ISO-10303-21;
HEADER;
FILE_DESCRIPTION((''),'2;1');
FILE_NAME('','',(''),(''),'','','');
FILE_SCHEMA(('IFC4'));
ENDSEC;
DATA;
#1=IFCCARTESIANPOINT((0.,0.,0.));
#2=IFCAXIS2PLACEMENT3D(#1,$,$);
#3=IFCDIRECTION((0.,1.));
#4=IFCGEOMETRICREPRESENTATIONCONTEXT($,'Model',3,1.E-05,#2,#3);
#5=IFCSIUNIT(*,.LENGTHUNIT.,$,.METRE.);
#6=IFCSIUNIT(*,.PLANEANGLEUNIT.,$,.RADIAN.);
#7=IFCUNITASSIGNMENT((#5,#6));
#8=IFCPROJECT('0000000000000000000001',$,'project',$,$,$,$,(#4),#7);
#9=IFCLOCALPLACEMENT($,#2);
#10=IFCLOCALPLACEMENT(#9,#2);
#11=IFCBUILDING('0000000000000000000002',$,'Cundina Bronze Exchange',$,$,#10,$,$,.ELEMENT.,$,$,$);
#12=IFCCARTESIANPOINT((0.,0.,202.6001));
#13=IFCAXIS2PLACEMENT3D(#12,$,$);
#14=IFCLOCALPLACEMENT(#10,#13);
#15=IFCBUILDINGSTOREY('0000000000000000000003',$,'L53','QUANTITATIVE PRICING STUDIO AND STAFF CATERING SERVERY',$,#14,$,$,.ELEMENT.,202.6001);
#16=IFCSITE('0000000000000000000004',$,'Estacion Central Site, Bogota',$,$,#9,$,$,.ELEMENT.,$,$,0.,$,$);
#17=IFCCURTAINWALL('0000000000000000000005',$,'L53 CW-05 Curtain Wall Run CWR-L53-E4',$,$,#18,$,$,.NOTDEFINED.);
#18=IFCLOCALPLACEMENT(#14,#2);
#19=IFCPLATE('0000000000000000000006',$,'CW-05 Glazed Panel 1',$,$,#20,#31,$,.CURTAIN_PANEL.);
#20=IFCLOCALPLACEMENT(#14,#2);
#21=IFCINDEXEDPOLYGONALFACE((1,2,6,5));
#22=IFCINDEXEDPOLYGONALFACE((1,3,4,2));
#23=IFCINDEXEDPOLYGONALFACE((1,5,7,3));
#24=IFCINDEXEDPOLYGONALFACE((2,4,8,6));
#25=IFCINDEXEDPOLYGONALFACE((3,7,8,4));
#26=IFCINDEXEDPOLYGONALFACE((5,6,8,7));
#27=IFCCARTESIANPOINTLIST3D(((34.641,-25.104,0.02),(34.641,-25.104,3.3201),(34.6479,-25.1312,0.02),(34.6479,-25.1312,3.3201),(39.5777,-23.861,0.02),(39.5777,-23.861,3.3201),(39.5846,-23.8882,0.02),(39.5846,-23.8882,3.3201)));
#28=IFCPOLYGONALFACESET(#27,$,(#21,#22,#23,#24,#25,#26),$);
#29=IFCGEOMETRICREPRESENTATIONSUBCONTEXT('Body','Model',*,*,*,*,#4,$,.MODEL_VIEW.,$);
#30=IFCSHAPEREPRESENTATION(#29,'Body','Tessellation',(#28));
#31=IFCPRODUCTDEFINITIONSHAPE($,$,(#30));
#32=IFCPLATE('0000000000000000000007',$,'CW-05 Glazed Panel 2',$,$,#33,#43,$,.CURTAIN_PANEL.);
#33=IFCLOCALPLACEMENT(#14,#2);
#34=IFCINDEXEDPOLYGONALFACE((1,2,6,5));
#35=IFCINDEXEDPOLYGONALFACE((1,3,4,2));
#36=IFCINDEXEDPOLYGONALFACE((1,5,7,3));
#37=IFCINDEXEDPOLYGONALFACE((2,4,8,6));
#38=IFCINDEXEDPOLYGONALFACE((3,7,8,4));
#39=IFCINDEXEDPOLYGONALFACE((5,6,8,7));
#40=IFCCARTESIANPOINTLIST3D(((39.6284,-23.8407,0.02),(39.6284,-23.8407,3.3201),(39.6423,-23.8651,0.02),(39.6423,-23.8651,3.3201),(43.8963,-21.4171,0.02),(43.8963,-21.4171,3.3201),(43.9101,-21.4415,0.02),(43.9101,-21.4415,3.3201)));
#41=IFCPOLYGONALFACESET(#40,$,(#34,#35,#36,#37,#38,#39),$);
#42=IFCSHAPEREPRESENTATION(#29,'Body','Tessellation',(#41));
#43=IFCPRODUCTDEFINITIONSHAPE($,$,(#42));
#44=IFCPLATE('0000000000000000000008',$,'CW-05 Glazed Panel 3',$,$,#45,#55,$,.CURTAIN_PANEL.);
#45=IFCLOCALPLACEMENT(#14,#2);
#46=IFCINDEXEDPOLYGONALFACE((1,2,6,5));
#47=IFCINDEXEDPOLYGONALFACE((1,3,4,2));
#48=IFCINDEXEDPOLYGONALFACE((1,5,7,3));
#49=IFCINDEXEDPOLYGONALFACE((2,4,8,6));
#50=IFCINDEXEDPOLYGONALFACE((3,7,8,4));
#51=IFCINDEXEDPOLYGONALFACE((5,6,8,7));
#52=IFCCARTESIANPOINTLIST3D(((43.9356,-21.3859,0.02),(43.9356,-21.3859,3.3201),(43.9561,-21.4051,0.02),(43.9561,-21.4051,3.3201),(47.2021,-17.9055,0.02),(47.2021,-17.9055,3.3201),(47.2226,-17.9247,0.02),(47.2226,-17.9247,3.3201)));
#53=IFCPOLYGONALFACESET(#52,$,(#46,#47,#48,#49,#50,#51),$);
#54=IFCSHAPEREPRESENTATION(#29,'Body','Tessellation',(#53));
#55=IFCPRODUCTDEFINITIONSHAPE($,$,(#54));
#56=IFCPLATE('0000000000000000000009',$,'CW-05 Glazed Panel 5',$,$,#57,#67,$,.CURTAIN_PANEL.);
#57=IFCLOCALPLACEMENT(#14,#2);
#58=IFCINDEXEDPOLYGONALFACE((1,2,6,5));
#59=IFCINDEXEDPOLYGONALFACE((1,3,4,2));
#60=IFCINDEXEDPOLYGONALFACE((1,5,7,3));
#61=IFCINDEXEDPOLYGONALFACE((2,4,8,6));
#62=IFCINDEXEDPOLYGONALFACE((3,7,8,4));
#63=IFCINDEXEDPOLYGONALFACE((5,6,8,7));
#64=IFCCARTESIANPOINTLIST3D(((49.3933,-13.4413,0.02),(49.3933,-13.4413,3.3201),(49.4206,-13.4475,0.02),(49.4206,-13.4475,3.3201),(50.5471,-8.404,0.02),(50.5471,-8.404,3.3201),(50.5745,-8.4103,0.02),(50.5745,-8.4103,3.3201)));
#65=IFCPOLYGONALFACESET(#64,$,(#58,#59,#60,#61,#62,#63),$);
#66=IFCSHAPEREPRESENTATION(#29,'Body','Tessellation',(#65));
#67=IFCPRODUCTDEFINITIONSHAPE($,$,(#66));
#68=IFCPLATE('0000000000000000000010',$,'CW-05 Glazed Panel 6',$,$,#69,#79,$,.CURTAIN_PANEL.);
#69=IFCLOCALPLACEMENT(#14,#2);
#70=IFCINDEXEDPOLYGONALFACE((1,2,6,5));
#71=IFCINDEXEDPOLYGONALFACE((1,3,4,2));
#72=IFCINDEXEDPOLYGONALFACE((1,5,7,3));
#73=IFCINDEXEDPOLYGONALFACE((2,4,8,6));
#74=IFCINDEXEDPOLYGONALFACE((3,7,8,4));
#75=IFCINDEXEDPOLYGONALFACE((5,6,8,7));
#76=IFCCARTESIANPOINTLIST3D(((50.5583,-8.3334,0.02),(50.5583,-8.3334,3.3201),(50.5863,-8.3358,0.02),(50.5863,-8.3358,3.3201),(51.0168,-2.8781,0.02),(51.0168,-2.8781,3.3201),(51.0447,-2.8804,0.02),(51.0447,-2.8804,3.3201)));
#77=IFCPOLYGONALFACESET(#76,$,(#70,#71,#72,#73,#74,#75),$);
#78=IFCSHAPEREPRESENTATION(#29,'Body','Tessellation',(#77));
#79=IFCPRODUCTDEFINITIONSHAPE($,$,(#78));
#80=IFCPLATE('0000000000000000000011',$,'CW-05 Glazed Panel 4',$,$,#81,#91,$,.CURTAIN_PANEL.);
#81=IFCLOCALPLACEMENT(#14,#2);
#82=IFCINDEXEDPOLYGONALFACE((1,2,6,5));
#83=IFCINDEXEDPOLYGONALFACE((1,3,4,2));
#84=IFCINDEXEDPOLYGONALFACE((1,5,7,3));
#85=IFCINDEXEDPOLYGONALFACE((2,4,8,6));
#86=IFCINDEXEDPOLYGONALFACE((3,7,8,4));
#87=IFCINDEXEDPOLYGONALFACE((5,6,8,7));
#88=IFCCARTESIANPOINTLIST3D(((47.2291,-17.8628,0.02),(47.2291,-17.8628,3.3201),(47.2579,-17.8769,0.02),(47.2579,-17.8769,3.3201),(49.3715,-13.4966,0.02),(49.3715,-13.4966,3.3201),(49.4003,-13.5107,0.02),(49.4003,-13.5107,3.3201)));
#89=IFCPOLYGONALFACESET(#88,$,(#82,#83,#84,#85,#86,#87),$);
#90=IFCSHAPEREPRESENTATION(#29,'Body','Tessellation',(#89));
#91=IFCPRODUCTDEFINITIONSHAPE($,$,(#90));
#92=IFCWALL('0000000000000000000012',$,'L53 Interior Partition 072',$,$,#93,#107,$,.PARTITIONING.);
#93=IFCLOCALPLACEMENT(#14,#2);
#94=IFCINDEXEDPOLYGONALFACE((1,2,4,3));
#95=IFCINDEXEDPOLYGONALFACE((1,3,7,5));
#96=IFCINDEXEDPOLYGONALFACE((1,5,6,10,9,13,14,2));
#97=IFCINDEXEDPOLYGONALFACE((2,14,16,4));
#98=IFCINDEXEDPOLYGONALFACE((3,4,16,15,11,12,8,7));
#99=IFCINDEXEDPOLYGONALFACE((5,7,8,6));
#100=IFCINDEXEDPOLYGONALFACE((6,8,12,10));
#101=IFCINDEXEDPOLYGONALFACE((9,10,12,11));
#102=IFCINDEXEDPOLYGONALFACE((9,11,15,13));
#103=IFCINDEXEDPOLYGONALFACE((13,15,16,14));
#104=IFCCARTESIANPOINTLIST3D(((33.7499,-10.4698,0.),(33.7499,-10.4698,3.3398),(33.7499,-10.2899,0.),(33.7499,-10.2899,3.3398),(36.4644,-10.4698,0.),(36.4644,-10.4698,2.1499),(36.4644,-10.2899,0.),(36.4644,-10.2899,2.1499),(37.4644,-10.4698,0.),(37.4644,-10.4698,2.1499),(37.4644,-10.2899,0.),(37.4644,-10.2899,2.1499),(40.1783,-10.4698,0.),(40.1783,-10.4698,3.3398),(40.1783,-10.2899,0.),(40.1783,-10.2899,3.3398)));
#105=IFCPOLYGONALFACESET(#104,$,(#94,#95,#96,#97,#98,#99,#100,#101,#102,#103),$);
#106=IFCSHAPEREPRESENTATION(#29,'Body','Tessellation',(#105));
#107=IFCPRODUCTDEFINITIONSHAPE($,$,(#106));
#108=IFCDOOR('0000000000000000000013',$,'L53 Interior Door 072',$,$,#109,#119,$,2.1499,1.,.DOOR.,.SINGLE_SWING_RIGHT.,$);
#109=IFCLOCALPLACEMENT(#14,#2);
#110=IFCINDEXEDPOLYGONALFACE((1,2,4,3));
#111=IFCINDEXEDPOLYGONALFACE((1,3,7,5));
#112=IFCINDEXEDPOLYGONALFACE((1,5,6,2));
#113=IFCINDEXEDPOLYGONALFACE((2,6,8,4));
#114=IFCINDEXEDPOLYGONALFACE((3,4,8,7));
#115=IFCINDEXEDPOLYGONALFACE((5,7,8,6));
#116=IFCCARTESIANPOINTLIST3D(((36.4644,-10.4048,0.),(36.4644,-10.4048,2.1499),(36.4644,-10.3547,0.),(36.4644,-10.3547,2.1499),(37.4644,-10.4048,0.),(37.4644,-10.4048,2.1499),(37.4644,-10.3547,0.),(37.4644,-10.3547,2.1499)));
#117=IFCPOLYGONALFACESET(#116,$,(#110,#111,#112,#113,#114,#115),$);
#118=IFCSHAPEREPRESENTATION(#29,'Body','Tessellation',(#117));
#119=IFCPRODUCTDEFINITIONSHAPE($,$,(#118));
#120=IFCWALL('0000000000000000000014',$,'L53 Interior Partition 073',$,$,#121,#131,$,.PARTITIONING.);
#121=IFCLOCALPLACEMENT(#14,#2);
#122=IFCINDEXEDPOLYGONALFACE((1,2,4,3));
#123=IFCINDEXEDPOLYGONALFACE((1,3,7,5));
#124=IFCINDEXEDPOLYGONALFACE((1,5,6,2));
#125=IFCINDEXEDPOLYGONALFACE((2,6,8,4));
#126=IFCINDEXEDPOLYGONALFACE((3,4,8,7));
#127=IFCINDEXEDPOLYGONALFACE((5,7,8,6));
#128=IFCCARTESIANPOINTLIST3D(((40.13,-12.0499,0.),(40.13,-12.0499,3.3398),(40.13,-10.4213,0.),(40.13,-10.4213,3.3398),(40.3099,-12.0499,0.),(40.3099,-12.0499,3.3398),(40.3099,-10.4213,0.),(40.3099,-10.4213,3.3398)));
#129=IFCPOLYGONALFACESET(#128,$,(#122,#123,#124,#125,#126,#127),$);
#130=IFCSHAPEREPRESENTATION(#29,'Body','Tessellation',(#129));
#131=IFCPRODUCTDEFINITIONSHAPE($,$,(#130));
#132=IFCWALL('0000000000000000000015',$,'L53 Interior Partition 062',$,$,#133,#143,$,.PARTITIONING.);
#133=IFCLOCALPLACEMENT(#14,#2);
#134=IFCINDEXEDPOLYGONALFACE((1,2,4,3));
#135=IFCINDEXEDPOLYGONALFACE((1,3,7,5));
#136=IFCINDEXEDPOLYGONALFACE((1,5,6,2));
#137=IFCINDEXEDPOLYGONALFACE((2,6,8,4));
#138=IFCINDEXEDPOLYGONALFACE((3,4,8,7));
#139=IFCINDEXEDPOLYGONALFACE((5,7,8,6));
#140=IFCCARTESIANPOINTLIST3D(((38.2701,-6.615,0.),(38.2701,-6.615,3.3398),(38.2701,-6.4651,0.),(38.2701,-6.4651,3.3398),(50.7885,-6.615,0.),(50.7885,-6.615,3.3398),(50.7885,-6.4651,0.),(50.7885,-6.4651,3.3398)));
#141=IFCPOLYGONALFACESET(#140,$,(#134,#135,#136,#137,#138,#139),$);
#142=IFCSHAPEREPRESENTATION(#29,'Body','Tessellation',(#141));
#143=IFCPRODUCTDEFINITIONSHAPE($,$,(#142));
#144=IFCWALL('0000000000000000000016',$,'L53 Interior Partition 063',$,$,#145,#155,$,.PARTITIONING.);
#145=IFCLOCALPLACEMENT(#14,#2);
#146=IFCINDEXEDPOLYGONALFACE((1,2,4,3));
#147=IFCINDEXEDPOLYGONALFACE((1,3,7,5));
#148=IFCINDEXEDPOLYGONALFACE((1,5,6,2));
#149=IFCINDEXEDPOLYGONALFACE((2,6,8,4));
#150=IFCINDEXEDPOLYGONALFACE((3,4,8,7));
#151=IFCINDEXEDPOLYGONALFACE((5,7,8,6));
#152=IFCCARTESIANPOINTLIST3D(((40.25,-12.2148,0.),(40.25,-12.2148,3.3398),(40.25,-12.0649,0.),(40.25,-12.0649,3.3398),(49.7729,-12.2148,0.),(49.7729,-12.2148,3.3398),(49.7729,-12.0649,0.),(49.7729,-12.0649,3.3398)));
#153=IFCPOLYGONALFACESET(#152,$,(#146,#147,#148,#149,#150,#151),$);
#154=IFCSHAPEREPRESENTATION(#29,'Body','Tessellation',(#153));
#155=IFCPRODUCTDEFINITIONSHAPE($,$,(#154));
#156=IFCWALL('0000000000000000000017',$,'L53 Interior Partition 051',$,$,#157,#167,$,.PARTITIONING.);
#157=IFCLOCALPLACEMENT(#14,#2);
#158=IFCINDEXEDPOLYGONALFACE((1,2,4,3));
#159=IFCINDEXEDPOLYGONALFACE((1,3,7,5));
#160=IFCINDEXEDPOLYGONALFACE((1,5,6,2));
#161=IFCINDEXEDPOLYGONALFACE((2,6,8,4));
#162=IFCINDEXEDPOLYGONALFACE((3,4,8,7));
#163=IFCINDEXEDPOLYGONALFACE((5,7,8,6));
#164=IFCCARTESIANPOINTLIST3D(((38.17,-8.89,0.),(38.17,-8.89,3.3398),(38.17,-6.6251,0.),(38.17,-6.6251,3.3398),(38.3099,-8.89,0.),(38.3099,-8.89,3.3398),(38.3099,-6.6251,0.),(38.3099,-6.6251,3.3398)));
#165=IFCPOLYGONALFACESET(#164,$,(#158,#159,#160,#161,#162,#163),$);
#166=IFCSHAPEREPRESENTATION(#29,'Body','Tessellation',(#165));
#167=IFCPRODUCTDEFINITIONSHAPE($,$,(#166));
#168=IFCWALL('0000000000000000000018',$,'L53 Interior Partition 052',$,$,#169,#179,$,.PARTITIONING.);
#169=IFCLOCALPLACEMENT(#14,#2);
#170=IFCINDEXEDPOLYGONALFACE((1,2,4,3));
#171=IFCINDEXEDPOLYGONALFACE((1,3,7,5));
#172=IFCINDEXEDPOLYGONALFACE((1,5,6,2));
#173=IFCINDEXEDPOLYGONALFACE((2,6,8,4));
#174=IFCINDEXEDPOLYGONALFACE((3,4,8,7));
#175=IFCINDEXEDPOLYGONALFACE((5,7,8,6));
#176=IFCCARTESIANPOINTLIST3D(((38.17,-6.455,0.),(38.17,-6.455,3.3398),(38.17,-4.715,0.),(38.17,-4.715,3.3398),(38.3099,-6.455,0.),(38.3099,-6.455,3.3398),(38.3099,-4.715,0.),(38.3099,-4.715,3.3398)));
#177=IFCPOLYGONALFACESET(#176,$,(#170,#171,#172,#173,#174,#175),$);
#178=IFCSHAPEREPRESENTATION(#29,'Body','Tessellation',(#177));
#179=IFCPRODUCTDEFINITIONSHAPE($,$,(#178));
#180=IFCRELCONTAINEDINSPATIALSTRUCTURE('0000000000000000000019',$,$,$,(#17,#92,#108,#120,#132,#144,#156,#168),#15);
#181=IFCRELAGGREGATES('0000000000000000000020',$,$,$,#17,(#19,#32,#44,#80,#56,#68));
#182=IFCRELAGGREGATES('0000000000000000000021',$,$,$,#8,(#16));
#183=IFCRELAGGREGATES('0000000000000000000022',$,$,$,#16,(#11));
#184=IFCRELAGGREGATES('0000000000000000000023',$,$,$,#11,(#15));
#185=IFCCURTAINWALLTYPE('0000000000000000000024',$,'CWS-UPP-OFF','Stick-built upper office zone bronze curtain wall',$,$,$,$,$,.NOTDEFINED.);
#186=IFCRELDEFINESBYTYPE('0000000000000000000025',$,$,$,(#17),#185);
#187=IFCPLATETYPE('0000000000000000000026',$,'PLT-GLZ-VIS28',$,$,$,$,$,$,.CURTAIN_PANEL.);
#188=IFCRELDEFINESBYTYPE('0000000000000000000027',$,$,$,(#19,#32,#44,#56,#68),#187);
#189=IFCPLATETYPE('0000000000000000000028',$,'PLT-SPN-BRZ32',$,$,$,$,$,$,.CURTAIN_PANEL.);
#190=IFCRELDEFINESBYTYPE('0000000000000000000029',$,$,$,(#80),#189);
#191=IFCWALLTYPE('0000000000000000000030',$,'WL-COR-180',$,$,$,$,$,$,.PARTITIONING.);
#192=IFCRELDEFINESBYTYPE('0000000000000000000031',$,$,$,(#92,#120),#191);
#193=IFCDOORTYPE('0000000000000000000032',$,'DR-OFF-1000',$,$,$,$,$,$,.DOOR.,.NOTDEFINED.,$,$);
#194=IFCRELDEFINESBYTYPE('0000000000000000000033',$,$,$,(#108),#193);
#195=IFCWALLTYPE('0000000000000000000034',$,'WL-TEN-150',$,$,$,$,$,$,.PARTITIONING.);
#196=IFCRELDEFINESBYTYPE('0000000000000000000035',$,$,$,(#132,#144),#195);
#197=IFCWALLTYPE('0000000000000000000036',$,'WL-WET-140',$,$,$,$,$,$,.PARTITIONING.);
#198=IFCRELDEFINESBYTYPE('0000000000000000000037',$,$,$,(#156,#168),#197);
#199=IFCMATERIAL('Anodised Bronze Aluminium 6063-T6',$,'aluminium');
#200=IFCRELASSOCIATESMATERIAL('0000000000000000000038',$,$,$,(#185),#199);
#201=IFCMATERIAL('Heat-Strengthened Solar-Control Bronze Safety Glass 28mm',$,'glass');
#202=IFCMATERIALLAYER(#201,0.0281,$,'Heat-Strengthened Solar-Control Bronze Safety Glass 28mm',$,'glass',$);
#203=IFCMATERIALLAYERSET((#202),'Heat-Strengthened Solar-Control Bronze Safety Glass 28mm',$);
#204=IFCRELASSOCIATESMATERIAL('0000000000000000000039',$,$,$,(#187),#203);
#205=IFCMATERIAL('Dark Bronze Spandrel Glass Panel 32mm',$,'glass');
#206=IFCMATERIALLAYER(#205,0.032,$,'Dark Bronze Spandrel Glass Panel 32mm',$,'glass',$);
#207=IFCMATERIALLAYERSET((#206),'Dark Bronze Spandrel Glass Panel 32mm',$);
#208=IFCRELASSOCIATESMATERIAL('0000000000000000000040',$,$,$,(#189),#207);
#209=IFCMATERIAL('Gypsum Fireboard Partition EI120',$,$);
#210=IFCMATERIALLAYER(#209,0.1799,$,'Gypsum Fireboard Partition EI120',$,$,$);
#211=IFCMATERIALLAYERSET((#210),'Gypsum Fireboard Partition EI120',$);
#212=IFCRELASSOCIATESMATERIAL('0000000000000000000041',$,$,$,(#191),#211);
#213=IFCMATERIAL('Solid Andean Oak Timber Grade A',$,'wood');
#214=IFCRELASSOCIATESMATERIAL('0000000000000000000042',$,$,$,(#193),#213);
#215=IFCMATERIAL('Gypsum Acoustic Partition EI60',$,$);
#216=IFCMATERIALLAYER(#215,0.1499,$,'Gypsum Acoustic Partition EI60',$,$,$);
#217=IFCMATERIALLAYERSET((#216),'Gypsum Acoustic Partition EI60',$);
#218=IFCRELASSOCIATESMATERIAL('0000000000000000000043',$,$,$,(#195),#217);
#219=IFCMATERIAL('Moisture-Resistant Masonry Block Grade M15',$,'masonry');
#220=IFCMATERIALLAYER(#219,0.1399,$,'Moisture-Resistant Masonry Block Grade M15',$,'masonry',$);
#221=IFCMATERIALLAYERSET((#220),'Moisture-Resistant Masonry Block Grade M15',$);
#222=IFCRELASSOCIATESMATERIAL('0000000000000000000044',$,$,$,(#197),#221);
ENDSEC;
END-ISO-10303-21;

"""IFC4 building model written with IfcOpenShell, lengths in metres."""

from ifc_helpers import new_model, si_unit, direction, frame, frame_2d, origin, origin_2d, place, context, subcontext, project, spatial, rectangle, extrude, material, layer, layer_set, type_object, element, fill, aggregate, save


model = new_model("IFC4")

# Units and contexts
model_context = context("Model", 3, precision=1e-05, world=origin(), true_north=direction((0.0, 1.0)))
body_context = subcontext(model_context, "Body", "Model", "MODEL_VIEW")
ifc_project = project(units=[si_unit("LENGTHUNIT", "METRE"), si_unit("PLANEANGLEUNIT", "RADIAN")], contexts=[model_context])

# Site, building, storey
site_placement = place(None, origin())
site = spatial("IfcSite", under=ifc_project, at=site_placement, Name="Estacion Central Site, Bogota", CompositionType="ELEMENT", RefElevation=0.0)
building_placement = place(site_placement, origin())
building = spatial("IfcBuilding", under=site, at=building_placement, Name="Cundina Bronze Exchange", CompositionType="ELEMENT")
storey_placement = place(building_placement, frame((0.0, 0.0, 202.6001)))
storey = spatial("IfcBuildingStorey", under=building, at=storey_placement, Name="L53", Description="QUANTITATIVE PRICING STUDIO AND STAFF CATERING SERVERY", CompositionType="ELEMENT", Elevation=202.6001)

# Curtain wall, plates
ifc_material_1 = material(Name="Anodised Bronze Aluminium 6063-T6", Category="aluminium")
curtain_wall_type = type_object("IfcCurtainWallType", Name="CWS-UPP-OFF", Description="Stick-built upper office zone bronze curtain wall", PredefinedType="NOTDEFINED", material=ifc_material_1)
curtain_wall_placement = place(storey_placement, origin())
curtain_wall = element("IfcCurtainWall", 1, at=curtain_wall_placement, inside=storey, type_object=curtain_wall_type, Name="L53 CW-05 Curtain Wall Run CWR-L53-E4", PredefinedType="NOTDEFINED")
ifc_material_2 = material(Name="Heat-Strengthened Solar-Control Bronze Safety Glass 28mm", Category="glass")
ifc_layer_1 = layer(ifc_material_2, 0.0281, Name="Heat-Strengthened Solar-Control Bronze Safety Glass 28mm", Category="glass")
ifc_layer_set_1 = layer_set([ifc_layer_1], Name="Heat-Strengthened Solar-Control Bronze Safety Glass 28mm")
plate_type_1 = type_object("IfcPlateType", Name="PLT-GLZ-VIS28", PredefinedType="CURTAIN_PANEL", material=ifc_layer_set_1)
plate_1_placement = place(storey_placement, frame((37.1128, -24.4961, 0.02), z_axis=(0.0, 0.0, 1.0), x_axis=(0.969732, 0.244174, 0.0)))
plate_1 = element("IfcPlate", 2, at=plate_1_placement, type_object=plate_type_1, Name="CW-05 Glazed Panel 1", PredefinedType="CURTAIN_PANEL", context=body_context, shape_type="SweptSolid", body=[
    extrude(rectangle(XDim=5.0908, YDim=0.0281, at=origin_2d()), origin(), (0.0, 0.0, 1.0), 3.3),
])
plate_2_placement = place(storey_placement, frame((41.7693, -22.6411, 0.02), z_axis=(0.0, 0.0, 1.0), x_axis=(0.869573, 0.493805, 0.0)))
plate_2 = element("IfcPlate", 3, at=plate_2_placement, type_object=plate_type_1, Name="CW-05 Glazed Panel 2", PredefinedType="CURTAIN_PANEL", context=body_context, shape_type="SweptSolid", body=[
    extrude(rectangle(XDim=4.908, YDim=0.0281, at=origin_2d()), origin(), (0.0, 0.0, 1.0), 3.3),
])
plate_3_placement = place(storey_placement, frame((45.5791, -19.6553, 0.02), z_axis=(0.0, 0.0, 1.0), x_axis=(0.684344, 0.72916, 0.0)))
plate_3 = element("IfcPlate", 4, at=plate_3_placement, type_object=plate_type_1, Name="CW-05 Glazed Panel 3", PredefinedType="CURTAIN_PANEL", context=body_context, shape_type="SweptSolid", body=[
    extrude(rectangle(XDim=4.7732, YDim=0.0281, at=origin_2d()), origin(), (0.0, 0.0, 1.0), 3.3),
])
plate_4_placement = place(storey_placement, frame((49.9839, -10.9258, 0.02), z_axis=(0.0, 0.0, 1.0), x_axis=(0.223284, 0.974753, 0.0)))
plate_4 = element("IfcPlate", 5, at=plate_4_placement, type_object=plate_type_1, Name="CW-05 Glazed Panel 5", PredefinedType="CURTAIN_PANEL", context=body_context, shape_type="SweptSolid", body=[
    extrude(rectangle(XDim=5.1677, YDim=0.0281, at=origin_2d()), origin(), (0.0, 0.0, 1.0), 3.3),
])
plate_5_placement = place(storey_placement, frame((50.8015, -5.6069, 0.02), z_axis=(0.0, 0.0, 1.0), x_axis=(0.083747, 0.996487, 0.0)))
plate_5 = element("IfcPlate", 6, at=plate_5_placement, type_object=plate_type_1, Name="CW-05 Glazed Panel 6", PredefinedType="CURTAIN_PANEL", context=body_context, shape_type="SweptSolid", body=[
    extrude(rectangle(XDim=5.4746, YDim=0.0281, at=origin_2d()), origin(), (0.0, 0.0, 1.0), 3.3),
])
ifc_material_3 = material(Name="Dark Bronze Spandrel Glass Panel 32mm", Category="glass")
ifc_layer_2 = layer(ifc_material_3, 0.032, Name="Dark Bronze Spandrel Glass Panel 32mm", Category="glass")
ifc_layer_set_2 = layer_set([ifc_layer_2], Name="Dark Bronze Spandrel Glass Panel 32mm")
plate_type_2 = type_object("IfcPlateType", Name="PLT-SPN-BRZ32", PredefinedType="CURTAIN_PANEL", material=ifc_layer_set_2)
plate_6_placement = place(storey_placement, frame((48.3147, -15.6868, 0.02), z_axis=(0.0, 0.0, 1.0), x_axis=(0.440503, 0.897751, 0.0)))
plate_6 = element("IfcPlate", 7, at=plate_6_placement, type_object=plate_type_2, Name="CW-05 Glazed Panel 4", PredefinedType="CURTAIN_PANEL", context=body_context, shape_type="SweptSolid", body=[
    extrude(rectangle(XDim=4.8635, YDim=0.032, at=origin_2d()), origin(), (0.0, 0.0, 1.0), 3.3),
])
aggregate(curtain_wall, [plate_1, plate_2, plate_3, plate_6, plate_4, plate_5])

# Wall, opening, door
ifc_material_4 = material(Name="Gypsum Fireboard Partition EI120")
ifc_layer_3 = layer(ifc_material_4, 0.1799, Name="Gypsum Fireboard Partition EI120")
ifc_layer_set_3 = layer_set([ifc_layer_3], Name="Gypsum Fireboard Partition EI120")
wall_type_1 = type_object("IfcWallType", Name="WL-COR-180", PredefinedType="PARTITIONING", material=ifc_layer_set_3)
wall_1_placement = place(storey_placement, frame((40.1785, -10.3799, 0.0), z_axis=(0.0, 0.0, 1.0), x_axis=(-1.0, 0.0, 0.0)))
wall_1 = element("IfcWall", 8, at=wall_1_placement, inside=storey, type_object=wall_type_1, Name="L53 Interior Partition 072", PredefinedType="PARTITIONING", context=body_context, shape_type="SweptSolid", body=[
    extrude(rectangle(XDim=6.4285, YDim=0.1799, at=frame_2d((3.2144, 0.0))), origin(), (0.0, 0.0, 1.0), 3.3398),
])
opening_placement = place(wall_1_placement, frame((2.7141, 0.0, 0.0)))
opening = element("IfcOpeningElement", 9, at=opening_placement, cuts=wall_1, PredefinedType="OPENING", context=body_context, shape_type="SweptSolid", body=[
    extrude(rectangle(XDim=1.0, YDim=2.1499, at=frame_2d((0.5, 1.075))), frame((0.0, 0.0999, 0.0), z_axis=(0.0, -1.0, 0.0), x_axis=(1.0, 0.0, 0.0)), (0.0, 0.0, 1.0), 0.2),
])
ifc_material_5 = material(Name="Solid Andean Oak Timber Grade A", Category="wood")
door_type = type_object("IfcDoorType", Name="DR-OFF-1000", OperationType="NOTDEFINED", PredefinedType="DOOR", material=ifc_material_5)
door_placement = place(opening_placement, origin())
door = element("IfcDoor", 10, at=door_placement, inside=storey, type_object=door_type, Name="L53 Interior Door 072", OperationType="SINGLE_SWING_RIGHT", OverallHeight=2.1499, OverallWidth=1.0, PredefinedType="DOOR", context=body_context, shape_type="SweptSolid", body=[
    extrude(rectangle(XDim=1.0, YDim=2.1499, at=frame_2d((0.5, 1.075))), frame((0.0, 0.0249, 0.0), z_axis=(0.0, -1.0, 0.0), x_axis=(1.0, 0.0, 0.0)), (0.0, 0.0, 1.0), 0.05),
])
fill(opening, door)

# Walls
wall_2_placement = place(storey_placement, frame((40.22, -12.05, 0.0), z_axis=(0.0, 0.0, 1.0), x_axis=(0.0, 1.0, 0.0)))
element("IfcWall", 11, at=wall_2_placement, inside=storey, type_object=wall_type_1, Name="L53 Interior Partition 073", PredefinedType="PARTITIONING", context=body_context, shape_type="SweptSolid", body=[
    extrude(rectangle(XDim=1.6287, YDim=0.1799, at=frame_2d((0.8145, 0.0))), origin(), (0.0, 0.0, 1.0), 3.3398),
])
ifc_material_6 = material(Name="Gypsum Acoustic Partition EI60")
ifc_layer_4 = layer(ifc_material_6, 0.1499, Name="Gypsum Acoustic Partition EI60")
ifc_layer_set_4 = layer_set([ifc_layer_4], Name="Gypsum Acoustic Partition EI60")
wall_type_2 = type_object("IfcWallType", Name="WL-TEN-150", PredefinedType="PARTITIONING", material=ifc_layer_set_4)
wall_3_placement = place(storey_placement, frame((38.27, -6.54, 0.0), z_axis=(0.0, 0.0, 1.0), x_axis=(1.0, 0.0, 0.0)))
element("IfcWall", 12, at=wall_3_placement, inside=storey, type_object=wall_type_2, Name="L53 Interior Partition 062", PredefinedType="PARTITIONING", context=body_context, shape_type="SweptSolid", body=[
    extrude(rectangle(XDim=12.5183, YDim=0.1499, at=frame_2d((6.2593, 0.0))), origin(), (0.0, 0.0, 1.0), 3.3398),
])
wall_4_placement = place(storey_placement, frame((40.25, -12.1399, 0.0), z_axis=(0.0, 0.0, 1.0), x_axis=(1.0, 0.0, 0.0)))
element("IfcWall", 13, at=wall_4_placement, inside=storey, type_object=wall_type_2, Name="L53 Interior Partition 063", PredefinedType="PARTITIONING", context=body_context, shape_type="SweptSolid", body=[
    extrude(rectangle(XDim=9.5229, YDim=0.1499, at=frame_2d((4.7615, 0.0))), origin(), (0.0, 0.0, 1.0), 3.3398),
])
ifc_material_7 = material(Name="Moisture-Resistant Masonry Block Grade M15", Category="masonry")
ifc_layer_5 = layer(ifc_material_7, 0.1399, Name="Moisture-Resistant Masonry Block Grade M15", Category="masonry")
ifc_layer_set_5 = layer_set([ifc_layer_5], Name="Moisture-Resistant Masonry Block Grade M15")
wall_type_3 = type_object("IfcWallType", Name="WL-WET-140", PredefinedType="PARTITIONING", material=ifc_layer_set_5)
wall_5_placement = place(storey_placement, frame((38.24, -8.8899, 0.0), z_axis=(0.0, 0.0, 1.0), x_axis=(0.0, 1.0, 0.0)))
element("IfcWall", 14, at=wall_5_placement, inside=storey, type_object=wall_type_3, Name="L53 Interior Partition 051", PredefinedType="PARTITIONING", context=body_context, shape_type="SweptSolid", body=[
    extrude(rectangle(XDim=2.2649, YDim=0.1399, at=frame_2d((1.1323, 0.0))), origin(), (0.0, 0.0, 1.0), 3.3398),
])
wall_6_placement = place(storey_placement, frame((38.24, -6.4551, 0.0), z_axis=(0.0, 0.0, 1.0), x_axis=(0.0, 1.0, 0.0)))
element("IfcWall", 15, at=wall_6_placement, inside=storey, type_object=wall_type_3, Name="L53 Interior Partition 052", PredefinedType="PARTITIONING", context=body_context, shape_type="SweptSolid", body=[
    extrude(rectangle(XDim=1.74, YDim=0.1399, at=frame_2d((0.8701, 0.0))), origin(), (0.0, 0.0, 1.0), 3.3398),
])

save(model, "model.ifc")
